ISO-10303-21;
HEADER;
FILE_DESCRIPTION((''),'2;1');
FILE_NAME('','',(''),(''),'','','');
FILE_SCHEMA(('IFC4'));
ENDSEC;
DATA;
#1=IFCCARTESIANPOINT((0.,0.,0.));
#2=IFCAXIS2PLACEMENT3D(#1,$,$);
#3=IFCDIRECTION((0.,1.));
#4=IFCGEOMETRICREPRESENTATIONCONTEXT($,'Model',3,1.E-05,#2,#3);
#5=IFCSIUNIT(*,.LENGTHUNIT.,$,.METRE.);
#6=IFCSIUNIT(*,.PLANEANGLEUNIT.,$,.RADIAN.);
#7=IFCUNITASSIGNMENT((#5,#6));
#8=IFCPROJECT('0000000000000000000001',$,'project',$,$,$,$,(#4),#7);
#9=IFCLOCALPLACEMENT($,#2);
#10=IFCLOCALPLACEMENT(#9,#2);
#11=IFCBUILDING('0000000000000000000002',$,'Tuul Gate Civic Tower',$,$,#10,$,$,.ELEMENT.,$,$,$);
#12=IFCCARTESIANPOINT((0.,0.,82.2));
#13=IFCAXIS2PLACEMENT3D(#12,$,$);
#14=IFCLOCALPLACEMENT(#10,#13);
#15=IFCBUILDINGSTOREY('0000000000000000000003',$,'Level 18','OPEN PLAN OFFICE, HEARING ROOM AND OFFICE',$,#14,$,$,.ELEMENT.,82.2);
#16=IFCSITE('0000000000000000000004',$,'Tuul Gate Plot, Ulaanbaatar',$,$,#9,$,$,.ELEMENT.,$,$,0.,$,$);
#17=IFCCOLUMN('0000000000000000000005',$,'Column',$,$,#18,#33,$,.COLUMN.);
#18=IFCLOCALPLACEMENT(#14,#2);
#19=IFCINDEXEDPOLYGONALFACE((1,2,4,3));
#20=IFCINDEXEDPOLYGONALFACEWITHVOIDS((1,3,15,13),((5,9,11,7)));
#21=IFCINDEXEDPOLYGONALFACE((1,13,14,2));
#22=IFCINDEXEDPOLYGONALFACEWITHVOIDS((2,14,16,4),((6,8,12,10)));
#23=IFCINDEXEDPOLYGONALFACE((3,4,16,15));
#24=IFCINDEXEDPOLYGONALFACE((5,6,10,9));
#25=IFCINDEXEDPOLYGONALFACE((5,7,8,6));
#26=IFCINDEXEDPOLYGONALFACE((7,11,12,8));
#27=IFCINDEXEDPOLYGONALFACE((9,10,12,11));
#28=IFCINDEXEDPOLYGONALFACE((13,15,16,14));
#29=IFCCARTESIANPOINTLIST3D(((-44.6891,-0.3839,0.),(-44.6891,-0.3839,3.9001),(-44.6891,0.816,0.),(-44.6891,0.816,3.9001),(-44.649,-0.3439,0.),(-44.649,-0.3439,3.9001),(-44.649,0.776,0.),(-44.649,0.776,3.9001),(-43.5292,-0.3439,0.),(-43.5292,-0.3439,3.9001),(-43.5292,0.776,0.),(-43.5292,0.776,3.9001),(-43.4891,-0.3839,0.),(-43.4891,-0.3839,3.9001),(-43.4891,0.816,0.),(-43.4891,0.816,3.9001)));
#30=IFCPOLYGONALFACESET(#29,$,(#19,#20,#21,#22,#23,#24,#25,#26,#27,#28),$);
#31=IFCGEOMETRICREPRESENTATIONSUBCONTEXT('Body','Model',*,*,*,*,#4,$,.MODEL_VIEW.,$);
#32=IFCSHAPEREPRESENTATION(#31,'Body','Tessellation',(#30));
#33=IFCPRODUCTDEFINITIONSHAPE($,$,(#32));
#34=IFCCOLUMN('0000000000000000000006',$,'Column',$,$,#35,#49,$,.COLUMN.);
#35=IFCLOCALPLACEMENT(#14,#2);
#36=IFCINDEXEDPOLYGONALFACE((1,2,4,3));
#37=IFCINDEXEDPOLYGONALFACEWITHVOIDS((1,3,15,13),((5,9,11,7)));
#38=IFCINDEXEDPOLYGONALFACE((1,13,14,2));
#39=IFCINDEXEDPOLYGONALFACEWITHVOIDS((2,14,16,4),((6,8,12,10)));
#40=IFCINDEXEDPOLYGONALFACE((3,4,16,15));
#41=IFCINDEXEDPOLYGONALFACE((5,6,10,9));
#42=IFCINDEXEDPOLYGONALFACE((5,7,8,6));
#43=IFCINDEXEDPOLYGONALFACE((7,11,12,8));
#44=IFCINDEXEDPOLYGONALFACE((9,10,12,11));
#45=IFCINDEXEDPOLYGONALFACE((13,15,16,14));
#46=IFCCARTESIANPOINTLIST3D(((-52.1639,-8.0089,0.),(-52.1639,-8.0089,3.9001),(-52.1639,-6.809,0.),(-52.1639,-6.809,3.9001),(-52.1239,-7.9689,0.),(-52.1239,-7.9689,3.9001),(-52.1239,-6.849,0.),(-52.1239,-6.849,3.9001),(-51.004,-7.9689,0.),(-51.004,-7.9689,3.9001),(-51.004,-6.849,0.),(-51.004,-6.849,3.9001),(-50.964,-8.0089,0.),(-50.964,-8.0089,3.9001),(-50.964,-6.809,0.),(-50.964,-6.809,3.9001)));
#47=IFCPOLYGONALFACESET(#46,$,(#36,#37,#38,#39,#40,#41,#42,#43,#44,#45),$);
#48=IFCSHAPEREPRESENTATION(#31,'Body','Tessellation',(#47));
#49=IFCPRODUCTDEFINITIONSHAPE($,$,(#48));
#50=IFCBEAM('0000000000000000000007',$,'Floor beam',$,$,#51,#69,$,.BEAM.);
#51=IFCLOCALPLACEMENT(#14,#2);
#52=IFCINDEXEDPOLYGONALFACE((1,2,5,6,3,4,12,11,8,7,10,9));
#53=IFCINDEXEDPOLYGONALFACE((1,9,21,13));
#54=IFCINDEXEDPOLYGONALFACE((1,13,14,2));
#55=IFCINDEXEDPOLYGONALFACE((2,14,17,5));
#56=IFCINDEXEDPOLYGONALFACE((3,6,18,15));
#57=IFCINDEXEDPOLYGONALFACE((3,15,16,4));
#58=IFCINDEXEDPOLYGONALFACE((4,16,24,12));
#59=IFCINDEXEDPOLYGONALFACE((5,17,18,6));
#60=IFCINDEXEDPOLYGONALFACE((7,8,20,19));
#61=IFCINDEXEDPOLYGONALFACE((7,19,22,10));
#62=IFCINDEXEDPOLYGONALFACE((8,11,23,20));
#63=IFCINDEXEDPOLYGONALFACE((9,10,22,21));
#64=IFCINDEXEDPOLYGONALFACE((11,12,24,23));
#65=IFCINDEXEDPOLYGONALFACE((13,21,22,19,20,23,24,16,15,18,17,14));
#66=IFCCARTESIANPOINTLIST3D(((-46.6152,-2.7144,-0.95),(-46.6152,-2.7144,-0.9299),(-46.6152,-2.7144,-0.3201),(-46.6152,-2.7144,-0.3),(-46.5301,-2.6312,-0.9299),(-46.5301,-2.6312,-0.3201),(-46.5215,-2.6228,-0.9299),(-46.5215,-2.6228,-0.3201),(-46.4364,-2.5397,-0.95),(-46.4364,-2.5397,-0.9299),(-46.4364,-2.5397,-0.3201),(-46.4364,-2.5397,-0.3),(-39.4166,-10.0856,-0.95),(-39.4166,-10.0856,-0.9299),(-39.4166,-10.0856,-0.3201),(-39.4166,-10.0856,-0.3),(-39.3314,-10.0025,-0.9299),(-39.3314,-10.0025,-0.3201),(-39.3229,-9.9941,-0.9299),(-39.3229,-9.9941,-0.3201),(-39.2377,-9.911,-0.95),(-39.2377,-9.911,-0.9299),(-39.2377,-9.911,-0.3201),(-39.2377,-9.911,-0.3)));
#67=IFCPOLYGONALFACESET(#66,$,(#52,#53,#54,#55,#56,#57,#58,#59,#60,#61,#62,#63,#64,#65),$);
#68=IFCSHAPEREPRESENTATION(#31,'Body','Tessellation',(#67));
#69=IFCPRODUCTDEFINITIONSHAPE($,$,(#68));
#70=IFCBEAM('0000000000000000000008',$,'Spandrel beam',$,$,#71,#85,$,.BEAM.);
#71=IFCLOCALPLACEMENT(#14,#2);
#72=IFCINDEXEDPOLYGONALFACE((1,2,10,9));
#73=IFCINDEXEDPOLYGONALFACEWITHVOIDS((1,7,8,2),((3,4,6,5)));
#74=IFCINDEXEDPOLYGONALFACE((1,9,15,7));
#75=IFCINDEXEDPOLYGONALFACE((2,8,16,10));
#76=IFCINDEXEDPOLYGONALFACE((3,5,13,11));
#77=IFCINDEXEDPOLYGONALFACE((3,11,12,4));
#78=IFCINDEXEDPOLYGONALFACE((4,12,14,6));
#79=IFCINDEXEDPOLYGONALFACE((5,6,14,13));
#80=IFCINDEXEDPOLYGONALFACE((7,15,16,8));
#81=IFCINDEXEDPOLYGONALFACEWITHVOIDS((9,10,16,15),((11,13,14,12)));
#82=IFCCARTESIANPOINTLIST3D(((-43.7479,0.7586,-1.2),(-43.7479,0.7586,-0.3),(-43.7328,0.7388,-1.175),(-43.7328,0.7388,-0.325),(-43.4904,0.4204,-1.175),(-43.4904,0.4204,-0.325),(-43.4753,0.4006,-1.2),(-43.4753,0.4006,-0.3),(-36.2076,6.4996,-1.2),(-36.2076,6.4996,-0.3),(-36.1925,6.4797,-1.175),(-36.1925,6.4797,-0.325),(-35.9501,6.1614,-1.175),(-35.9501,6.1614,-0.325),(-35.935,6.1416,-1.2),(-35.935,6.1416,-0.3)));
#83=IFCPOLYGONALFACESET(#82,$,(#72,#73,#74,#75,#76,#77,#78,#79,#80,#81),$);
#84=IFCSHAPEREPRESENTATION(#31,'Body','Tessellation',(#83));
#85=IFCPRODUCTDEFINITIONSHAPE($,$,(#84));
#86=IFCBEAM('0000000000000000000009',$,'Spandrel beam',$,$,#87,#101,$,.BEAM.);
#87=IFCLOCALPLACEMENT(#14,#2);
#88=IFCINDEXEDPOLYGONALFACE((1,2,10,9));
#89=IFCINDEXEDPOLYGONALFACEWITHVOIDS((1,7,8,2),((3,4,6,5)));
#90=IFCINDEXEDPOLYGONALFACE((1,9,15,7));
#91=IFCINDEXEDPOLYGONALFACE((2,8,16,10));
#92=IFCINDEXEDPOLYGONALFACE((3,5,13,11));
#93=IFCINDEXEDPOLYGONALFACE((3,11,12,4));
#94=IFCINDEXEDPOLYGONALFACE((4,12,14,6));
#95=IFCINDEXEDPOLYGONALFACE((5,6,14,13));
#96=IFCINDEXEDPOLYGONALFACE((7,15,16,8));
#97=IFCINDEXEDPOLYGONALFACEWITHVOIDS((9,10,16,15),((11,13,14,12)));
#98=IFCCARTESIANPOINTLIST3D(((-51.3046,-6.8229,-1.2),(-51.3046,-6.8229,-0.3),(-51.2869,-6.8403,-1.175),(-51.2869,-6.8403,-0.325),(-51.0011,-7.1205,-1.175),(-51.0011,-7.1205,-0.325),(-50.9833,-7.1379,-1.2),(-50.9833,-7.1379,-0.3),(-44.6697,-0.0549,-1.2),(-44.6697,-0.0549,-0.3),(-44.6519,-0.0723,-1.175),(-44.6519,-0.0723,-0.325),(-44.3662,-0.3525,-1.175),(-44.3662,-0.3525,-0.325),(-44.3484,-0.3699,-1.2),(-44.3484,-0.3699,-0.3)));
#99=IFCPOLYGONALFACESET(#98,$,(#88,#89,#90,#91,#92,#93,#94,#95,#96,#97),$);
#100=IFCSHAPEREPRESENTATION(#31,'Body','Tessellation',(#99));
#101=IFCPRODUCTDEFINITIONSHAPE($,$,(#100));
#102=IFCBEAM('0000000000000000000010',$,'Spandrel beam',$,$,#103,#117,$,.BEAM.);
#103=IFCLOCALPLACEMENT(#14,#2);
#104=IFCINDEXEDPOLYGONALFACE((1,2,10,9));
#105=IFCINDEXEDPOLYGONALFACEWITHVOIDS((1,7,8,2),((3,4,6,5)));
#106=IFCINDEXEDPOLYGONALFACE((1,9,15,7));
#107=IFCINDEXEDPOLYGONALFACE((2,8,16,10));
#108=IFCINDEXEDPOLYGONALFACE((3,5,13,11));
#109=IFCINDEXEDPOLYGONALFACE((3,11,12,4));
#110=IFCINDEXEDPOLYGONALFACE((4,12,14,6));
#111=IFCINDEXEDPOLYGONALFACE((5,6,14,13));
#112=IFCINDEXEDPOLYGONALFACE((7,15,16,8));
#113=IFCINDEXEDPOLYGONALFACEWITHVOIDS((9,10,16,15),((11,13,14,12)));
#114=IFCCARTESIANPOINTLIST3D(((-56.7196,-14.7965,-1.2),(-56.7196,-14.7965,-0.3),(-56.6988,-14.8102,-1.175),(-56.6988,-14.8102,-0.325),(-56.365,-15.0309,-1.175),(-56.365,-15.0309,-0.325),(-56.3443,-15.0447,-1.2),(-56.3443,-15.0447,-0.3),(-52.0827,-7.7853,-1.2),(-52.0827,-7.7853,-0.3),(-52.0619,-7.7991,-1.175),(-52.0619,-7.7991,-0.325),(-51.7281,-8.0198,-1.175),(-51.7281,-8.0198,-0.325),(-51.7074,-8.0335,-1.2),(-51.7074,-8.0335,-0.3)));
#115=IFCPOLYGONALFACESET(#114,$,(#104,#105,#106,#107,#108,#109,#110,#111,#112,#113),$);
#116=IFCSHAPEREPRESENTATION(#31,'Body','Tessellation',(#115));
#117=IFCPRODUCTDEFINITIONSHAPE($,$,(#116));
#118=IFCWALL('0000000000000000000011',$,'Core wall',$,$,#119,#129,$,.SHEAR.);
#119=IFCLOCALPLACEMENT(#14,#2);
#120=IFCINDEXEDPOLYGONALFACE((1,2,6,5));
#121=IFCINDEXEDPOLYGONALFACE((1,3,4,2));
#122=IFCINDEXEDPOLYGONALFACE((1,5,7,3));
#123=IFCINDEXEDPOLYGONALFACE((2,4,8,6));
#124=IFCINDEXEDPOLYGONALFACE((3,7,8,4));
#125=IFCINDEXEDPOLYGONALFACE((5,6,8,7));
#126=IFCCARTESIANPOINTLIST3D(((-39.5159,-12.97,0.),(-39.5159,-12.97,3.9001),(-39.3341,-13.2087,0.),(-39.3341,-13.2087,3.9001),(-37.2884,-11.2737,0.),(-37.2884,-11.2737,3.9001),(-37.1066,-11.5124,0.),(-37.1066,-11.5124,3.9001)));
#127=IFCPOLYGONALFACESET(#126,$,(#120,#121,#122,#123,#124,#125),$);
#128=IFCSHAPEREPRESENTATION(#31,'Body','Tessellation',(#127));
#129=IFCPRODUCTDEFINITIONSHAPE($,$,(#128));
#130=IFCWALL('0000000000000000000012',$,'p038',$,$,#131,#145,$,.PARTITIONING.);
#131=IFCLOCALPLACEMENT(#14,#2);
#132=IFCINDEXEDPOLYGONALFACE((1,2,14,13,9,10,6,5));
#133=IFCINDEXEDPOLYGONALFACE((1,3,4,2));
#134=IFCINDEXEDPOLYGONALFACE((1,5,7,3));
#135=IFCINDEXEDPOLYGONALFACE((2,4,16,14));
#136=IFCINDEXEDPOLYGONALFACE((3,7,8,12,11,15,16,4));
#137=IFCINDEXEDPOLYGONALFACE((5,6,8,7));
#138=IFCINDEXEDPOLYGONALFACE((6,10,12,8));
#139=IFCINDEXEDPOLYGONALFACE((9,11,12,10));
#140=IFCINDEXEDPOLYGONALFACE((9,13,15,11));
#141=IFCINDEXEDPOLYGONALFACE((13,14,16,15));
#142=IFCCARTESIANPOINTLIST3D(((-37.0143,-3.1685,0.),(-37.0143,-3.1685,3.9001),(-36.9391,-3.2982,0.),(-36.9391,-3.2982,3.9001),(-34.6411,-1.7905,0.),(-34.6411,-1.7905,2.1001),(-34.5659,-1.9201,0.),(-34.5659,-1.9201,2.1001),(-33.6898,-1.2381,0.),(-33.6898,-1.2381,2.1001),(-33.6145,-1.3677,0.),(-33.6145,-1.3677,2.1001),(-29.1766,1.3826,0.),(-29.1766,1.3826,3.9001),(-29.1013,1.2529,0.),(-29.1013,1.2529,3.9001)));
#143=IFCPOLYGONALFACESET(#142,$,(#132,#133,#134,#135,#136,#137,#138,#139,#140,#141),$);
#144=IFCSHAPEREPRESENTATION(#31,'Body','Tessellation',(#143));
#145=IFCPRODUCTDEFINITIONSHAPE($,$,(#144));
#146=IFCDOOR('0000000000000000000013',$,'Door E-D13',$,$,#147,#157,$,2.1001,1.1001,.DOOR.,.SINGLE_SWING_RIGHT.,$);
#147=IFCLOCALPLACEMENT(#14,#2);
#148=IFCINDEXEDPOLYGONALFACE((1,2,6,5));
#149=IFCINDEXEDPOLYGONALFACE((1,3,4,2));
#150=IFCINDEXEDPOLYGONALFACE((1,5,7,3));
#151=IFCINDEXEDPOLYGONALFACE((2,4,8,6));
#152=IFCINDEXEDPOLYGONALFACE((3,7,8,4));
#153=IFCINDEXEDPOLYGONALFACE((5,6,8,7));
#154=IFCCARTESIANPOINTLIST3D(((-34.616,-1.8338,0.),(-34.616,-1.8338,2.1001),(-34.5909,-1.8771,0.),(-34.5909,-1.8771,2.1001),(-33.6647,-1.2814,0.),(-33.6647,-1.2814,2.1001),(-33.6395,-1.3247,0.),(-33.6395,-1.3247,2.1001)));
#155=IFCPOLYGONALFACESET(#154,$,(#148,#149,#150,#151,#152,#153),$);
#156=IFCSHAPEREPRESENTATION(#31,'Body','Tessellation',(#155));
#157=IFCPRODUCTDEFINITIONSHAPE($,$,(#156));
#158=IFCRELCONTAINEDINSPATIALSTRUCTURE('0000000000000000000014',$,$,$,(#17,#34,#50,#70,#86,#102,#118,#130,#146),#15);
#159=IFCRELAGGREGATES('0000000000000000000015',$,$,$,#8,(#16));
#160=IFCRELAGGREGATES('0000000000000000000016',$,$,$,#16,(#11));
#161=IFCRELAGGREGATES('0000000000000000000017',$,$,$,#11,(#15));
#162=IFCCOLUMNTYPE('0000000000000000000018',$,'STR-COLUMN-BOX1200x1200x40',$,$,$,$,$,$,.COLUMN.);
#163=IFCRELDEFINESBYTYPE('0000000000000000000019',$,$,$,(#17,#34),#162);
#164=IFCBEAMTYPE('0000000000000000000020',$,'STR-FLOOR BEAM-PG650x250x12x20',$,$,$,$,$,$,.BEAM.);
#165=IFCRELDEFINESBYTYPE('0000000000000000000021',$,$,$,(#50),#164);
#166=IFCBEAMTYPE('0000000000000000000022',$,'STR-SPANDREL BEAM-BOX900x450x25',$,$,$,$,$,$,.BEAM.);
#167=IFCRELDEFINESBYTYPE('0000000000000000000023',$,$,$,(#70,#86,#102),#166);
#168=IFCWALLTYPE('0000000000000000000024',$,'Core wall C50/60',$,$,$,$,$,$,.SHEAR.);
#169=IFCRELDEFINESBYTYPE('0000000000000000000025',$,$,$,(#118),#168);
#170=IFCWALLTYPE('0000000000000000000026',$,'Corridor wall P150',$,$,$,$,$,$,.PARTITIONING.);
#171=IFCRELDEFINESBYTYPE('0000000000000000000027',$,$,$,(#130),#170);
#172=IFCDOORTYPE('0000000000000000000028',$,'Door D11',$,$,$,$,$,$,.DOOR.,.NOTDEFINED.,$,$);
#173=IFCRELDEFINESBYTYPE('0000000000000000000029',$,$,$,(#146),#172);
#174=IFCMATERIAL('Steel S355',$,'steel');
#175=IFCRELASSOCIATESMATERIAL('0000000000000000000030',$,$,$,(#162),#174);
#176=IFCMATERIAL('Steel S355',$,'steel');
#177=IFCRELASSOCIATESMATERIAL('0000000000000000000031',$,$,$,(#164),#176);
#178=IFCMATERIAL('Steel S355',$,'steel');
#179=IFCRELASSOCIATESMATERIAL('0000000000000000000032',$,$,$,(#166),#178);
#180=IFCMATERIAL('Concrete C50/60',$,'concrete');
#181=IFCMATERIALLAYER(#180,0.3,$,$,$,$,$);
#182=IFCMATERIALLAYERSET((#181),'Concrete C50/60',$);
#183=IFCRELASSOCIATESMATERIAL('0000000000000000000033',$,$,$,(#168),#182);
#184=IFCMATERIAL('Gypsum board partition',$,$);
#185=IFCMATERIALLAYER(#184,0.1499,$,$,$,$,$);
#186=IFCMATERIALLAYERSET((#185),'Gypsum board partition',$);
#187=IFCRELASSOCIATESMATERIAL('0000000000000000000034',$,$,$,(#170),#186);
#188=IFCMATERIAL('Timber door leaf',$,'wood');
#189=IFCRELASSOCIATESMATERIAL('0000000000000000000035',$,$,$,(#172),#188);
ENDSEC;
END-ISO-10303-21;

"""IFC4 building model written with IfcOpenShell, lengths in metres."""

from ifc_helpers import new_model, si_unit, direction, frame, frame_2d, origin, origin_2d, place, context, subcontext, project, spatial, rectangle, hollow_rectangle, i_section, extrude, material, layer, layer_set, material_profile, profile_set, type_object, element, fill, save


model = new_model("IFC4")

# Units and contexts
model_context = context("Model", 3, precision=1e-05, world=origin(), true_north=direction((0.0, 1.0)))
body_context = subcontext(model_context, "Body", "Model", "MODEL_VIEW")
ifc_project = project(units=[si_unit("LENGTHUNIT", "METRE"), si_unit("PLANEANGLEUNIT", "RADIAN")], contexts=[model_context])

# Site, building, storey
site_placement = place(None, origin())
site = spatial("IfcSite", under=ifc_project, at=site_placement, Name="Tuul Gate Plot, Ulaanbaatar", CompositionType="ELEMENT", RefElevation=0.0)
building_placement = place(site_placement, origin())
building = spatial("IfcBuilding", under=site, at=building_placement, Name="Tuul Gate Civic Tower", CompositionType="ELEMENT")
storey_placement = place(building_placement, frame((0.0, 0.0, 82.2)))
storey = spatial("IfcBuildingStorey", under=building, at=storey_placement, Name="Level 18", Description="OPEN PLAN OFFICE, HEARING ROOM AND OFFICE", CompositionType="ELEMENT", Elevation=82.2)

# Columns
ifc_material_1 = material(Name="Steel S355", Category="steel")
ifc_material_profile_1 = material_profile(ifc_material_1, hollow_rectangle(XDim=1.2, YDim=1.2, WallThickness=0.04, at=origin_2d()), Name="BOX1200x1200x40")
ifc_profile_set_1 = profile_set([ifc_material_profile_1], Name="Steel S355")
column_type = type_object("IfcColumnType", Name="STR-COLUMN-BOX1200x1200x40", PredefinedType="COLUMN", material=ifc_profile_set_1)
for number, where, z_axis, x_axis, name in (
    (1, (-44.0891, 0.2161, 0.0), (0.0, 0.0, 1.0), (1.0, 0.0, 0.0), "Column"),
    (2, (-51.564, -7.4089, 0.0), (0.0, 0.0, 1.0), (1.0, 0.0, 0.0), "Column"),
):
    element("IfcColumn", number, at=place(storey_placement, frame(where, z_axis=z_axis, x_axis=x_axis)), inside=storey, type_object=column_type, Name=name, PredefinedType="COLUMN", context=body_context, shape_type="SweptSolid", body=[
        extrude(hollow_rectangle(XDim=1.2, YDim=1.2, WallThickness=0.04, at=origin_2d()), origin(), (0.0, 0.0, 1.0), 3.9001),
    ])

# Beams
ifc_material_2 = material(Name="Steel S355", Category="steel")
ifc_material_profile_2 = material_profile(ifc_material_2, i_section(OverallWidth=0.25, OverallDepth=0.6499, WebThickness=0.012, FlangeThickness=0.02, at=origin_2d()), Name="PG650x250x12x20")
ifc_profile_set_2 = profile_set([ifc_material_profile_2], Name="Steel S355")
beam_type_1 = type_object("IfcBeamType", Name="STR-FLOOR BEAM-PG650x250x12x20", PredefinedType="BEAM", material=ifc_profile_set_2)
beam_1_placement = place(storey_placement, frame((-39.3271, -9.9983, -0.625), z_axis=(-0.698681, 0.715433, 0.0), x_axis=(-0.715433, -0.698681, 0.0)))
element("IfcBeam", 3, at=beam_1_placement, inside=storey, type_object=beam_type_1, Name="Floor beam", PredefinedType="BEAM", context=body_context, shape_type="SweptSolid", body=[
    extrude(i_section(OverallWidth=0.25, OverallDepth=0.6499, WebThickness=0.012, FlangeThickness=0.02, at=origin_2d()), origin(), (0.0, 0.0, 1.0), 10.3032),
])
ifc_material_3 = material(Name="Steel S355", Category="steel")
ifc_material_profile_3 = material_profile(ifc_material_3, hollow_rectangle(XDim=0.45, YDim=0.8999, WallThickness=0.0249, at=origin_2d()), Name="BOX900x450x25")
ifc_profile_set_3 = profile_set([ifc_material_profile_3], Name="Steel S355")
beam_type_2 = type_object("IfcBeamType", Name="STR-SPANDREL BEAM-BOX900x450x25", PredefinedType="BEAM", material=ifc_profile_set_3)
beam_2_placement = place(storey_placement, frame((-36.0713, 6.3206, -0.75), z_axis=(-0.795636, -0.605775, 0.0), x_axis=(0.605775, -0.795636, 0.0)))
element("IfcBeam", 4, at=beam_2_placement, inside=storey, type_object=beam_type_2, Name="Spandrel beam", PredefinedType="BEAM", context=body_context, shape_type="SweptSolid", body=[
    extrude(hollow_rectangle(XDim=0.45, YDim=0.8999, WallThickness=0.0249, at=origin_2d()), origin(), (0.0, 0.0, 1.0), 9.4771),
])
beam_3_placement = place(storey_placement, frame((-44.509, -0.2124, -0.75), z_axis=(-0.700053, -0.714091, 0.0), x_axis=(0.714091, -0.700053, 0.0)))
element("IfcBeam", 5, at=beam_3_placement, inside=storey, type_object=beam_type_2, Name="Spandrel beam", PredefinedType="BEAM", context=body_context, shape_type="SweptSolid", body=[
    extrude(hollow_rectangle(XDim=0.45, YDim=0.8999, WallThickness=0.0249, at=origin_2d()), origin(), (0.0, 0.0, 1.0), 9.4778),
])
beam_4_placement = place(storey_placement, frame((-51.895, -7.9094, -0.75), z_axis=(-0.551633, -0.834087, 0.0), x_axis=(0.834087, -0.551633, 0.0)))
element("IfcBeam", 6, at=beam_4_placement, inside=storey, type_object=beam_type_2, Name="Spandrel beam", PredefinedType="BEAM", context=body_context, shape_type="SweptSolid", body=[
    extrude(hollow_rectangle(XDim=0.45, YDim=0.8999, WallThickness=0.0249, at=origin_2d()), origin(), (0.0, 0.0, 1.0), 8.4058),
])

# Wall
ifc_material_4 = material(Name="Concrete C50/60", Category="concrete")
ifc_layer_1 = layer(ifc_material_4, 0.3)
ifc_layer_set_1 = layer_set([ifc_layer_1], Name="Concrete C50/60")
wall_type_1 = type_object("IfcWallType", Name="Core wall C50/60", PredefinedType="SHEAR", material=ifc_layer_set_1)
wall_1_placement = place(storey_placement, frame((-37.1975, -11.3931, 0.0), z_axis=(0.0, 0.0, 1.0), x_axis=(-0.795584, -0.605844, 0.0)))
element("IfcWall", 7, at=wall_1_placement, inside=storey, type_object=wall_type_1, Name="Core wall", PredefinedType="SHEAR", context=body_context, shape_type="SweptSolid", body=[
    extrude(rectangle(XDim=2.7998, YDim=0.3, at=frame_2d((1.3999, 0.0))), origin(), (0.0, 0.0, 1.0), 3.9001),
])

# Wall, opening, door
ifc_material_5 = material(Name="Gypsum board partition")
ifc_layer_2 = layer(ifc_material_5, 0.1499)
ifc_layer_set_2 = layer_set([ifc_layer_2], Name="Gypsum board partition")
wall_type_2 = type_object("IfcWallType", Name="Corridor wall P150", PredefinedType="PARTITIONING", material=ifc_layer_set_2)
wall_2_placement = place(storey_placement, frame((-36.9768, -3.2334, 0.0), z_axis=(0.0, 0.0, 1.0), x_axis=(0.864783, 0.502147, 0.0)))
wall_2 = element("IfcWall", 8, at=wall_2_placement, inside=storey, type_object=wall_type_2, Name="p038", PredefinedType="PARTITIONING", context=body_context, shape_type="SweptSolid", body=[
    extrude(rectangle(XDim=9.0632, YDim=0.1499, at=frame_2d((4.5317, 0.0))), origin(), (0.0, 0.0, 1.0), 3.9001),
])
opening_1_placement = place(wall_2_placement, frame((2.7444, 0.0, 0.0)))
opening_1 = element("IfcOpeningElement", 9, at=opening_1_placement, cuts=wall_2, PredefinedType="OPENING", context=body_context, shape_type="SweptSolid", body=[
    extrude(rectangle(XDim=1.1001, YDim=2.1001, at=frame_2d((0.55, 1.05))), frame((0.0, 0.085, 0.0), z_axis=(0.0, -1.0, 0.0), x_axis=(1.0, 0.0, 0.0)), (0.0, 0.0, 1.0), 0.1699),
])
ifc_material_6 = material(Name="Timber door leaf", Category="wood")
door_type_1 = type_object("IfcDoorType", Name="Door D11", OperationType="NOTDEFINED", PredefinedType="DOOR", material=ifc_material_6)
door_1_placement = place(opening_1_placement, origin())
door_1 = element("IfcDoor", 10, at=door_1_placement, inside=storey, type_object=door_type_1, Name="Door E-D13", OperationType="SINGLE_SWING_RIGHT", OverallHeight=2.1001, OverallWidth=1.1001, PredefinedType="DOOR", context=body_context, shape_type="SweptSolid", body=[
    extrude(rectangle(XDim=1.1001, YDim=2.1001, at=frame_2d((0.55, 1.05))), frame((0.0, 0.0249, 0.0), z_axis=(0.0, -1.0, 0.0), x_axis=(1.0, 0.0, 0.0)), (0.0, 0.0, 1.0), 0.05),
])
fill(opening_1, door_1)

save(model, "model.ifc")
